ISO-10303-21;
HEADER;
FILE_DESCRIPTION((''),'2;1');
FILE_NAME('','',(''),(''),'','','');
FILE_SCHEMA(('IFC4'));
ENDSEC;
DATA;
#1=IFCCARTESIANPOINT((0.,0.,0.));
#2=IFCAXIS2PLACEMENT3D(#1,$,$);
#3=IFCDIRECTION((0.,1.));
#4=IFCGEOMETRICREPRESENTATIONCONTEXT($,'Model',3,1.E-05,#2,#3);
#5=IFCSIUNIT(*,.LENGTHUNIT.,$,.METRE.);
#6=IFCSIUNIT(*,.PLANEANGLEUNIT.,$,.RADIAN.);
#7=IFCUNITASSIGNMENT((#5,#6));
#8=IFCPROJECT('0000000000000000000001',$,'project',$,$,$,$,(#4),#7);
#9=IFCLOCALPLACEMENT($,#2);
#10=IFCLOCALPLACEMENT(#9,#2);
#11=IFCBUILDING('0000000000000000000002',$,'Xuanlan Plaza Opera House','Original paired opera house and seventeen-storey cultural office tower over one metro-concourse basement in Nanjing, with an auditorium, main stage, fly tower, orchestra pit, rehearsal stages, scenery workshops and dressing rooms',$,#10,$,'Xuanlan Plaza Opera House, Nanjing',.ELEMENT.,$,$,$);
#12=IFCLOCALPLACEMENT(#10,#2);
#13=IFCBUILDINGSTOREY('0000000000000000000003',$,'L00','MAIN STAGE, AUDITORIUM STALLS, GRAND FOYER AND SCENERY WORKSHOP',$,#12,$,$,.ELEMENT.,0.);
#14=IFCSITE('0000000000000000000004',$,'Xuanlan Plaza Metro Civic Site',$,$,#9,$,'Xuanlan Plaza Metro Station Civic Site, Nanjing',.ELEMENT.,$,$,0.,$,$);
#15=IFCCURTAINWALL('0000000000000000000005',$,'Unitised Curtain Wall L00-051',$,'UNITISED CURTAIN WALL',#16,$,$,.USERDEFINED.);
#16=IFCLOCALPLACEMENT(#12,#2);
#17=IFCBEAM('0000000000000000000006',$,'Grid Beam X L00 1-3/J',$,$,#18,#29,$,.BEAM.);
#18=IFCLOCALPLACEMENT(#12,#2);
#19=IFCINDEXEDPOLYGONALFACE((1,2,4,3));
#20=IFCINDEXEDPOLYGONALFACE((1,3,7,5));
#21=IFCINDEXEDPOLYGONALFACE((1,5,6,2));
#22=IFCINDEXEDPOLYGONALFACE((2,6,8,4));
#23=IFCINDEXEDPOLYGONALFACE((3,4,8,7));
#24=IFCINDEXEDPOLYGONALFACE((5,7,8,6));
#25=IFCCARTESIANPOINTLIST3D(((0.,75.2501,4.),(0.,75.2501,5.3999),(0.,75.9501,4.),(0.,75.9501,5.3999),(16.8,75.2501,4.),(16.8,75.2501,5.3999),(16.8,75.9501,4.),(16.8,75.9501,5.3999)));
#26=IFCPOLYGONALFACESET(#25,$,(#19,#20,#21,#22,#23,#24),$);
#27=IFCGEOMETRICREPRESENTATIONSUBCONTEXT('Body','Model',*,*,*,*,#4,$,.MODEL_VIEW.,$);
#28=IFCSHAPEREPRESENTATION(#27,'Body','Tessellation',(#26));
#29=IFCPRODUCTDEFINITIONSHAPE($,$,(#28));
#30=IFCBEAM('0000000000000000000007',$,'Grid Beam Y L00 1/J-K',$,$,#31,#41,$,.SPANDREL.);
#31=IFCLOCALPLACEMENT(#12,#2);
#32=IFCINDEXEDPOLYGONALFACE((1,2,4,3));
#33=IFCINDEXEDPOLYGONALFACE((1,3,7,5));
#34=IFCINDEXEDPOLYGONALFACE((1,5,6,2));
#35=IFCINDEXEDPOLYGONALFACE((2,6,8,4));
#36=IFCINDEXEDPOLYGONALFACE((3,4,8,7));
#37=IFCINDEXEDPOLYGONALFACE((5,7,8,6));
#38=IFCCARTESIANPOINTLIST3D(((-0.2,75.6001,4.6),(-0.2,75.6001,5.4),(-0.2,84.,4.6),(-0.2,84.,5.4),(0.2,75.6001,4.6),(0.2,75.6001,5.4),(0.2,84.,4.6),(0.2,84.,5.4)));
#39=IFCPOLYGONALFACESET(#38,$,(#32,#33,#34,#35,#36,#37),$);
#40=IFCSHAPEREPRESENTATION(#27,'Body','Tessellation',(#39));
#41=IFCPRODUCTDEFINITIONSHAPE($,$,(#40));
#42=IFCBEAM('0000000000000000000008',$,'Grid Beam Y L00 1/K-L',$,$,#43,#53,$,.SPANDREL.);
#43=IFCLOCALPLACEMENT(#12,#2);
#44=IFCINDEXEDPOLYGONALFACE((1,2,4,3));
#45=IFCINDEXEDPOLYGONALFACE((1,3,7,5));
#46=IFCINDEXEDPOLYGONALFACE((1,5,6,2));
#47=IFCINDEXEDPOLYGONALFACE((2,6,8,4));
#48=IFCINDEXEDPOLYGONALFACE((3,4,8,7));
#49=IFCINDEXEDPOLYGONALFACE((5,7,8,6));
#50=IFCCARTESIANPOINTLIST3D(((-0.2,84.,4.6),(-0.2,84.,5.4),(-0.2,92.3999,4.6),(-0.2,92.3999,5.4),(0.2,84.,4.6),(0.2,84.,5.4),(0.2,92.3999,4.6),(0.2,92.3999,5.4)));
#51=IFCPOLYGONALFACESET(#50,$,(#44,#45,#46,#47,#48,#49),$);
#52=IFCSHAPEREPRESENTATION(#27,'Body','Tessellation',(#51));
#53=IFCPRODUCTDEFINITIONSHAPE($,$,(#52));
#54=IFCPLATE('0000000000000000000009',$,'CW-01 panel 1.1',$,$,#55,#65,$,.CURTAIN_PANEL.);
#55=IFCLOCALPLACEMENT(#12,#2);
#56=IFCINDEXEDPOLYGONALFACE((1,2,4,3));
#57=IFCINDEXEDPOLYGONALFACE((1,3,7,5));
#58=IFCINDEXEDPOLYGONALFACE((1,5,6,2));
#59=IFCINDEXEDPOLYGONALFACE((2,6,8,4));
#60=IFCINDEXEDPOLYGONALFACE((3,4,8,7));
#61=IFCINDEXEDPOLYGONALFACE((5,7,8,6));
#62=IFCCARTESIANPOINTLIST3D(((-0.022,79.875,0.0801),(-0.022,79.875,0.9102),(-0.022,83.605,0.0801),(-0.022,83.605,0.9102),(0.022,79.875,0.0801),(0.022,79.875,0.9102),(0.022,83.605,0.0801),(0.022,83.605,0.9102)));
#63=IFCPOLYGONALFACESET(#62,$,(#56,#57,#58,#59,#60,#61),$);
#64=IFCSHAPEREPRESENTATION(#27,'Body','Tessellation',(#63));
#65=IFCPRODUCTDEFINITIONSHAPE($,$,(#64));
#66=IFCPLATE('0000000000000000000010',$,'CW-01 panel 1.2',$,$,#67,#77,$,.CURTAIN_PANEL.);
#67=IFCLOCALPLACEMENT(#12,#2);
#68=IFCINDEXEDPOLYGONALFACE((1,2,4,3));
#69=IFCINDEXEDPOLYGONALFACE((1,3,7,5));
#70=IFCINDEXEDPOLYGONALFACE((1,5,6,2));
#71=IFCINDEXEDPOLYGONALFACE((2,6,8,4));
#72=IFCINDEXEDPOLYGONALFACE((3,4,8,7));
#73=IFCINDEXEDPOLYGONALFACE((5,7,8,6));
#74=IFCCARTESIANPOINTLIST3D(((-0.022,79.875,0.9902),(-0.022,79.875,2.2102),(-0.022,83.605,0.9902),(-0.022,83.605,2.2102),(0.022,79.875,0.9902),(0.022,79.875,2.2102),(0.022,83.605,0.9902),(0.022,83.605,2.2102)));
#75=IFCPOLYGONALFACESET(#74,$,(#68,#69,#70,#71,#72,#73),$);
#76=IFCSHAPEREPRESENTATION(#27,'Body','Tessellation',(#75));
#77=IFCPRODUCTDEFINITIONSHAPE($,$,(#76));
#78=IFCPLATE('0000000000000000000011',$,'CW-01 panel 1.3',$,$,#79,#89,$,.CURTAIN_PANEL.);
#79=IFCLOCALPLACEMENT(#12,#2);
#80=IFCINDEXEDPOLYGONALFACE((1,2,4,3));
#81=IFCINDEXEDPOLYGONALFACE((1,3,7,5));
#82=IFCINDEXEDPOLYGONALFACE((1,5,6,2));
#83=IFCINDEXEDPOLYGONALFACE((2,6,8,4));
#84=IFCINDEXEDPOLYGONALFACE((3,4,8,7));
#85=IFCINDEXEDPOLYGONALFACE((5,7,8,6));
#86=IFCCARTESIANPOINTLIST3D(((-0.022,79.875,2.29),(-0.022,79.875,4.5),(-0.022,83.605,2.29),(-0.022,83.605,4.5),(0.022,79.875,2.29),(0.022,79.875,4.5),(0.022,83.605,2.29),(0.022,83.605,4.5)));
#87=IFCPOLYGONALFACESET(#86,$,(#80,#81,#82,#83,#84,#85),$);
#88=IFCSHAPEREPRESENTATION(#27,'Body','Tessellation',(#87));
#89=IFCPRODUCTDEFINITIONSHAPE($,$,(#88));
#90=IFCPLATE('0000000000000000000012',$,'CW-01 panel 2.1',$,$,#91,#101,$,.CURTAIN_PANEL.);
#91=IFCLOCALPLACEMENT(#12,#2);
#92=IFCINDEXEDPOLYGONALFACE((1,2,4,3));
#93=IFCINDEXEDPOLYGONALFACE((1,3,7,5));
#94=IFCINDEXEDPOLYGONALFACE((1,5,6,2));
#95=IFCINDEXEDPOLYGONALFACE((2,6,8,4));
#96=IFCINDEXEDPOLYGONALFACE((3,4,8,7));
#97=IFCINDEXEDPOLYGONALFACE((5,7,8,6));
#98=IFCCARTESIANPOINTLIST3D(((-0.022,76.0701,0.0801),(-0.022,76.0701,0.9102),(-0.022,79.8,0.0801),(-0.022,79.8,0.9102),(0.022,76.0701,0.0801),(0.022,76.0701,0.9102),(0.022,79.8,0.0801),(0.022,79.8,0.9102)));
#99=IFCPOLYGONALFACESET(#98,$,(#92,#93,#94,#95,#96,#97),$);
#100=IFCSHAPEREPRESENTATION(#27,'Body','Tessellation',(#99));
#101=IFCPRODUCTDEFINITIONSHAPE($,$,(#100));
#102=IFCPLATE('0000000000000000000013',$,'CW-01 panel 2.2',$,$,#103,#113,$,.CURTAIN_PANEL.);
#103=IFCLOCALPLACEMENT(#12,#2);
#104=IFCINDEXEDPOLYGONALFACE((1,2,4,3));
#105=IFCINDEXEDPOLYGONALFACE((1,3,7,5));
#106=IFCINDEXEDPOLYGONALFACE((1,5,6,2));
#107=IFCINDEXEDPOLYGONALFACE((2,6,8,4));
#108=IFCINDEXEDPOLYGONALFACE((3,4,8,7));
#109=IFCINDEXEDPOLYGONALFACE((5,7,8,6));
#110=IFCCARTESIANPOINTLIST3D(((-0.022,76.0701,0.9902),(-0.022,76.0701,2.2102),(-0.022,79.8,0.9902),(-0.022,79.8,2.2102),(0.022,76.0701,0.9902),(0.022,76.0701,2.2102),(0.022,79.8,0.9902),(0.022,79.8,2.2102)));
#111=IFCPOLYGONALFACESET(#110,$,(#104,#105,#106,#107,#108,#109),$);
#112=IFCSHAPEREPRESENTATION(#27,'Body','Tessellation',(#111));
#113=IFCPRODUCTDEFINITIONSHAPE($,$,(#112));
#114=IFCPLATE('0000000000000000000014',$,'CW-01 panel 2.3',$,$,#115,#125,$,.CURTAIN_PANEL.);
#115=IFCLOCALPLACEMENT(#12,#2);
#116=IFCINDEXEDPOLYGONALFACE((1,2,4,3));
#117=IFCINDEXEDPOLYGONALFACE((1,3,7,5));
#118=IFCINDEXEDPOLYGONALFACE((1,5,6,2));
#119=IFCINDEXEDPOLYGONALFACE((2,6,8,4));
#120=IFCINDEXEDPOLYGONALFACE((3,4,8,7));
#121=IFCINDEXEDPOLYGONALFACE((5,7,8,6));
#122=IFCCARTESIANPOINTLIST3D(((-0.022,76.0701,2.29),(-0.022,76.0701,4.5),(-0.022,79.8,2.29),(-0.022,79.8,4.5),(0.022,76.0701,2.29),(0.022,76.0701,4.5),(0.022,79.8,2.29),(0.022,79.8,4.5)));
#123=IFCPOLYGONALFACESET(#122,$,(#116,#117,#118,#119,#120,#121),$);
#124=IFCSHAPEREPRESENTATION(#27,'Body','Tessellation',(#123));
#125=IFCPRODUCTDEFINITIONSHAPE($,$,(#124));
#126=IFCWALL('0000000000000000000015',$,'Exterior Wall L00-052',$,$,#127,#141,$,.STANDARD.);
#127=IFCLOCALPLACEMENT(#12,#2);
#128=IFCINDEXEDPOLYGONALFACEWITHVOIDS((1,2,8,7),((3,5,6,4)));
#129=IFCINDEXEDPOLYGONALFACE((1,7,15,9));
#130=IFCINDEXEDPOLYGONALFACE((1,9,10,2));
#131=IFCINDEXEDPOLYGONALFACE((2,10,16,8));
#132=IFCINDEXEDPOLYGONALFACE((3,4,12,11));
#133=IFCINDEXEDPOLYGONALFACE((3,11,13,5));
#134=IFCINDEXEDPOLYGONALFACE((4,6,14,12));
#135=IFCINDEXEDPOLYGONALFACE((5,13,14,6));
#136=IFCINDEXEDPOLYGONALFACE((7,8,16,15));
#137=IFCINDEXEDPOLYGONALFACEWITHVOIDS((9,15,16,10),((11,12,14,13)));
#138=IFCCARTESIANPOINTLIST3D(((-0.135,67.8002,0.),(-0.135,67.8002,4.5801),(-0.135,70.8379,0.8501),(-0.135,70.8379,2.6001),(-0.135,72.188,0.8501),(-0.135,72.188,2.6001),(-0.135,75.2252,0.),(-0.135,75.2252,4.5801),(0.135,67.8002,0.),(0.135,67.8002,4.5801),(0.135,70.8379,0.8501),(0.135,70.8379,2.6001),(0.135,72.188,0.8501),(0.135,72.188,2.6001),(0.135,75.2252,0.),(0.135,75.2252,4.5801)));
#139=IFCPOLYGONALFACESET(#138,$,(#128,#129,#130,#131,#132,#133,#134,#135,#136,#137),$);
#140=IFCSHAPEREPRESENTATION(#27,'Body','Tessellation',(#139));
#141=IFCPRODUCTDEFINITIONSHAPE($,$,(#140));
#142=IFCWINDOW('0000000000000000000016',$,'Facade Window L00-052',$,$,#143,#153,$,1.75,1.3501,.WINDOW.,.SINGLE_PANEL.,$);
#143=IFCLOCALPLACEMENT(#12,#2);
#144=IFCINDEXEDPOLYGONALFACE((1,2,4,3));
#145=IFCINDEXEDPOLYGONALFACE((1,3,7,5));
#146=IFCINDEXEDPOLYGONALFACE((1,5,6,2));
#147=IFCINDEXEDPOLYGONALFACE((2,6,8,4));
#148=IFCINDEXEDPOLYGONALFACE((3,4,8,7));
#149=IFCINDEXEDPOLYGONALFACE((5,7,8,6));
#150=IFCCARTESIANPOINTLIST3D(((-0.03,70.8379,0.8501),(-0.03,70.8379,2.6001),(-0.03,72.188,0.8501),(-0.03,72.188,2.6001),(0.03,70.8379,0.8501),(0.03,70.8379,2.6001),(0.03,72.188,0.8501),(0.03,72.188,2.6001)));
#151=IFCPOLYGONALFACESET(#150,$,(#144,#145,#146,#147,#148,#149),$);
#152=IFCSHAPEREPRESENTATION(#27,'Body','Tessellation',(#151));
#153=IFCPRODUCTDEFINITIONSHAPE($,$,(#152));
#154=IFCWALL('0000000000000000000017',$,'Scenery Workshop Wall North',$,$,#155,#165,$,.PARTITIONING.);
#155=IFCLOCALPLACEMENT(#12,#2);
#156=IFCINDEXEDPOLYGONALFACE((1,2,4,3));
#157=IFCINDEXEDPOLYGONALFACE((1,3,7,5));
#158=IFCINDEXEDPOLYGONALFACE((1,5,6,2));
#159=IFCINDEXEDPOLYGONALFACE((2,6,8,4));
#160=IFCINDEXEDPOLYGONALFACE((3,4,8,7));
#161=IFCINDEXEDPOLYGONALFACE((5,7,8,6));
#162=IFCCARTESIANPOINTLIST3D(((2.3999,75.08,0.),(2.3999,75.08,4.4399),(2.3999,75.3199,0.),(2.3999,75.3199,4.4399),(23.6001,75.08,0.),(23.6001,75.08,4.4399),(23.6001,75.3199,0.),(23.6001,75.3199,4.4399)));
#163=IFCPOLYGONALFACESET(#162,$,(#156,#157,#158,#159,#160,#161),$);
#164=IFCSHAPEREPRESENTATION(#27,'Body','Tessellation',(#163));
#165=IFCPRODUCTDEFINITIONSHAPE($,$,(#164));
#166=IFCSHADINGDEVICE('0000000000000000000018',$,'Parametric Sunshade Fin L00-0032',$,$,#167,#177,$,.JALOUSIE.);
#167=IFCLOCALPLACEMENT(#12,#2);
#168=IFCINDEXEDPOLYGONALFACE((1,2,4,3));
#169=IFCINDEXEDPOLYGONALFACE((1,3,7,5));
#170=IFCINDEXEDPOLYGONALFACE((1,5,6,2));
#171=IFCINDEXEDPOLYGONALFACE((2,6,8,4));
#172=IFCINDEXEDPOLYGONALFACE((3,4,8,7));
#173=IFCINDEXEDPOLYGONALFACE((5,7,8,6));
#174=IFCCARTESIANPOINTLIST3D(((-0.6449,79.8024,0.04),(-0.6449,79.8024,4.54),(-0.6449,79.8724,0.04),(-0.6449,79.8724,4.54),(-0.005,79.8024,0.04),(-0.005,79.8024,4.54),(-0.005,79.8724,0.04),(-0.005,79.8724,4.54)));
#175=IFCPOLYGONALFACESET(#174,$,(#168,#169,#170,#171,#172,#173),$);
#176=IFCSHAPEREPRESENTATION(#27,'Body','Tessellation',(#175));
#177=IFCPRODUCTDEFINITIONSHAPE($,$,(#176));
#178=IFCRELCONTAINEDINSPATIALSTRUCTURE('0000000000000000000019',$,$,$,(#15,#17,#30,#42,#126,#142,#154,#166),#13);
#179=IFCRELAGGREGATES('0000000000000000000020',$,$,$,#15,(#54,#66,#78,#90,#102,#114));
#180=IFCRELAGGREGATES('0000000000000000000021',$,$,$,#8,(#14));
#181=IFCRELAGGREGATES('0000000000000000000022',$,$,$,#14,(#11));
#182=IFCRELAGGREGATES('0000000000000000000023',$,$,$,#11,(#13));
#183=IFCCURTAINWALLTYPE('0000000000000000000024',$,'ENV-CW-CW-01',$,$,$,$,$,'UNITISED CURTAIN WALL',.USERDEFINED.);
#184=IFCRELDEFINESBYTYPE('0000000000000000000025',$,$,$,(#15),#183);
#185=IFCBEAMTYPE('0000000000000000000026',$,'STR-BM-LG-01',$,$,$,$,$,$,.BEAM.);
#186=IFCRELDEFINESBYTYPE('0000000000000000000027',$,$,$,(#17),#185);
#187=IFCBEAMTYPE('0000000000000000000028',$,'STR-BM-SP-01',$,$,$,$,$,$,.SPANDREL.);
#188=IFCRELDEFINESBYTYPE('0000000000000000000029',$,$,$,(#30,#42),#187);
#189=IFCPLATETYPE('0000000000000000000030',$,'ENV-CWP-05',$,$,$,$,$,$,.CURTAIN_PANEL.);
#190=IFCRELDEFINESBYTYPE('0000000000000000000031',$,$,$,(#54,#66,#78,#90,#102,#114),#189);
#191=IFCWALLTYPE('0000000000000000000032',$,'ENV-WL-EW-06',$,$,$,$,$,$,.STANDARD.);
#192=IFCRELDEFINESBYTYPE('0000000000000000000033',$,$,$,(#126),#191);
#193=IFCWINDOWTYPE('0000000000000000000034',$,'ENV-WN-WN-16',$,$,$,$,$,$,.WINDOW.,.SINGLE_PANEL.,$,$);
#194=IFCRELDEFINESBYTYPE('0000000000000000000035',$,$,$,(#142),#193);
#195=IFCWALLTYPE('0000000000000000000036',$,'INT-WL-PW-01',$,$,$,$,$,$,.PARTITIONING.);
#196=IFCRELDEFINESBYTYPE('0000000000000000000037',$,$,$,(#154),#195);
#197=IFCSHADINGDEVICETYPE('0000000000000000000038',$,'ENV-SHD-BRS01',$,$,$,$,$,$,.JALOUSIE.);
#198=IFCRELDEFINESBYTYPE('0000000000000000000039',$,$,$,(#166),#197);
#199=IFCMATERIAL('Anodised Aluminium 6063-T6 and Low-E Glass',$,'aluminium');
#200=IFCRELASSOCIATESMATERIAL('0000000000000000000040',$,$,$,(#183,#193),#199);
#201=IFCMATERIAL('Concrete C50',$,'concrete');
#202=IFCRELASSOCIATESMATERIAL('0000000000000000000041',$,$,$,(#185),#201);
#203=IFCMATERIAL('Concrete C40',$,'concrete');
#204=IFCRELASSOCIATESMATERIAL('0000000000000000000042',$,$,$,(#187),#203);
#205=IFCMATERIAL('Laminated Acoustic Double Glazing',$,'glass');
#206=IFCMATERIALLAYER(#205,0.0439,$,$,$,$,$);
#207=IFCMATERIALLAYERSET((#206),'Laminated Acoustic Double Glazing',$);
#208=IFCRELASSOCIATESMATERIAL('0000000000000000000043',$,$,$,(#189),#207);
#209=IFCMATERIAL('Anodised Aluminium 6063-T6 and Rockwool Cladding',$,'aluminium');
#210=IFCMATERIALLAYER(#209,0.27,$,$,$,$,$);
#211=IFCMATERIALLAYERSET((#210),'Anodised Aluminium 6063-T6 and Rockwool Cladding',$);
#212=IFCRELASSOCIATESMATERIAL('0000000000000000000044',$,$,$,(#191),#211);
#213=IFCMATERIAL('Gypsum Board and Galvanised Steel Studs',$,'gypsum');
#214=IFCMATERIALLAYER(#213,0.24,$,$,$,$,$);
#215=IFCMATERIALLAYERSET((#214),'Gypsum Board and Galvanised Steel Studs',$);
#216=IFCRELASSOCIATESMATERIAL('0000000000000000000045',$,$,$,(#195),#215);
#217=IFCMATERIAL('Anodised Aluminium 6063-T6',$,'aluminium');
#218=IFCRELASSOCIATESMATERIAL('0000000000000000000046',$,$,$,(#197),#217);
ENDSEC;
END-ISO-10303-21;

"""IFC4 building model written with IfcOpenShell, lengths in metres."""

from ifc_helpers import new_model, si_unit, direction, frame, frame_2d, origin, origin_2d, place, context, subcontext, project, spatial, rectangle, extrude, material, layer, layer_set, material_profile, profile_set, type_object, element, fill, aggregate, save


model = new_model("IFC4")

# Units and contexts
model_context = context("Model", 3, precision=1e-05, world=origin(), true_north=direction((0.0, 1.0)))
body_context = subcontext(model_context, "Body", "Model", "MODEL_VIEW")
ifc_project = project(units=[si_unit("LENGTHUNIT", "METRE"), si_unit("PLANEANGLEUNIT", "RADIAN")], contexts=[model_context])

# Site, building, storey
site_placement = place(None, origin())
site = spatial("IfcSite", under=ifc_project, at=site_placement, Name="Xuanlan Plaza Metro Civic Site", LongName="Xuanlan Plaza Metro Station Civic Site, Nanjing", CompositionType="ELEMENT", RefElevation=0.0)
building_placement = place(site_placement, origin())
building = spatial("IfcBuilding", under=site, at=building_placement, Name="Xuanlan Plaza Opera House", Description="Original paired opera house and seventeen-storey cultural office tower over one metro-concourse basement in Nanjing, with an auditorium, main stage, fly tower, orchestra pit, rehearsal stages, scenery workshops and dressing rooms", LongName="Xuanlan Plaza Opera House, Nanjing", CompositionType="ELEMENT")
storey_placement = place(building_placement, origin())
storey = spatial("IfcBuildingStorey", under=building, at=storey_placement, Name="L00", Description="MAIN STAGE, AUDITORIUM STALLS, GRAND FOYER AND SCENERY WORKSHOP", CompositionType="ELEMENT", Elevation=0.0)

# Shared definitions
ifc_material_1 = material(Name="Concrete C40", Category="concrete")

# Curtain wall
ifc_material_2 = material(Name="Anodised Aluminium 6063-T6 and Low-E Glass", Category="aluminium")
curtain_wall_type = type_object("IfcCurtainWallType", Name="ENV-CW-CW-01", ElementType="UNITISED CURTAIN WALL", PredefinedType="USERDEFINED", material=ifc_material_2)
curtain_wall_placement = place(storey_placement, origin())
curtain_wall = element("IfcCurtainWall", 1, at=curtain_wall_placement, inside=storey, type_object=curtain_wall_type, Name="Unitised Curtain Wall L00-051", ObjectType="UNITISED CURTAIN WALL", PredefinedType="USERDEFINED")
ifc_material_3 = material(Name="Anodised Aluminium 6063-T6", Category="aluminium")

# Beams
ifc_material_4 = material(Name="Concrete C50", Category="concrete")
ifc_material_profile_1 = material_profile(ifc_material_4, rectangle(XDim=0.7, YDim=1.3999, at=origin_2d()), Name="RC-LG 700x1400")
ifc_profile_set_1 = profile_set([ifc_material_profile_1], Name="Concrete C50")
beam_type_1 = type_object("IfcBeamType", Name="STR-BM-LG-01", PredefinedType="BEAM", material=ifc_profile_set_1)
beam_1_placement = place(storey_placement, frame((0.0, 75.6001, 4.7), z_axis=(1.0, 0.0, 0.0), x_axis=(0.0, 1.0, 0.0)))
element("IfcBeam", 2, at=beam_1_placement, inside=storey, type_object=beam_type_1, Name="Grid Beam X L00 1-3/J", PredefinedType="BEAM", context=body_context, shape_type="SweptSolid", body=[
    extrude(rectangle(XDim=0.7, YDim=1.3999, at=origin_2d()), origin(), (0.0, 0.0, 1.0), 16.8),
])
ifc_material_profile_2 = material_profile(ifc_material_1, rectangle(XDim=0.3999, YDim=0.8, at=origin_2d()), Name="RC-SPD 400x800")
ifc_profile_set_2 = profile_set([ifc_material_profile_2], Name="Concrete C40")
beam_type_2 = type_object("IfcBeamType", Name="STR-BM-SP-01", PredefinedType="SPANDREL", material=ifc_profile_set_2)
for number, where, z_axis, x_axis, name in (
    (3, (0.0, 75.6001, 5.0), (0.0, 1.0, 0.0), (-1.0, 0.0, 0.0), "Grid Beam Y L00 1/J-K"),
    (4, (0.0, 84.0, 5.0), (0.0, 1.0, 0.0), (-1.0, 0.0, 0.0), "Grid Beam Y L00 1/K-L"),
):
    element("IfcBeam", number, at=place(storey_placement, frame(where, z_axis=z_axis, x_axis=x_axis)), inside=storey, type_object=beam_type_2, Name=name, PredefinedType="SPANDREL", context=body_context, shape_type="SweptSolid", body=[
        extrude(rectangle(XDim=0.3999, YDim=0.8, at=origin_2d()), origin(), (0.0, 0.0, 1.0), 8.3999),
    ])

# Plates
ifc_material_5 = material(Name="Laminated Acoustic Double Glazing", Category="glass")
ifc_layer_1 = layer(ifc_material_5, 0.0439)
ifc_layer_set_1 = layer_set([ifc_layer_1], Name="Laminated Acoustic Double Glazing")
plate_type = type_object("IfcPlateType", Name="ENV-CWP-05", PredefinedType="CURTAIN_PANEL", material=ifc_layer_set_1)
plate_1_placement = place(storey_placement, frame((0.0, 81.74, 0.0801), z_axis=(0.0, 0.0, 1.0), x_axis=(0.0, -1.0, 0.0)))
plate_1 = element("IfcPlate", 5, at=plate_1_placement, type_object=plate_type, Name="CW-01 panel 1.1", PredefinedType="CURTAIN_PANEL", context=body_context, shape_type="SweptSolid", body=[
    extrude(rectangle(XDim=3.73, YDim=0.0439, at=origin_2d()), origin(), (0.0, 0.0, 1.0), 0.8301),
])
plate_2_placement = place(storey_placement, frame((0.0, 81.74, 0.9902), z_axis=(0.0, 0.0, 1.0), x_axis=(0.0, -1.0, 0.0)))
plate_2 = element("IfcPlate", 6, at=plate_2_placement, type_object=plate_type, Name="CW-01 panel 1.2", PredefinedType="CURTAIN_PANEL", context=body_context, shape_type="SweptSolid", body=[
    extrude(rectangle(XDim=3.73, YDim=0.0439, at=origin_2d()), origin(), (0.0, 0.0, 1.0), 1.22),
])
plate_3_placement = place(storey_placement, frame((0.0, 81.74, 2.29), z_axis=(0.0, 0.0, 1.0), x_axis=(0.0, -1.0, 0.0)))
plate_3 = element("IfcPlate", 7, at=plate_3_placement, type_object=plate_type, Name="CW-01 panel 1.3", PredefinedType="CURTAIN_PANEL", context=body_context, shape_type="SweptSolid", body=[
    extrude(rectangle(XDim=3.73, YDim=0.0439, at=origin_2d()), origin(), (0.0, 0.0, 1.0), 2.21),
])
plate_4_placement = place(storey_placement, frame((0.0, 77.9351, 0.0801), z_axis=(0.0, 0.0, 1.0), x_axis=(0.0, -1.0, 0.0)))
plate_4 = element("IfcPlate", 8, at=plate_4_placement, type_object=plate_type, Name="CW-01 panel 2.1", PredefinedType="CURTAIN_PANEL", context=body_context, shape_type="SweptSolid", body=[
    extrude(rectangle(XDim=3.73, YDim=0.0439, at=origin_2d()), origin(), (0.0, 0.0, 1.0), 0.8301),
])
plate_5_placement = place(storey_placement, frame((0.0, 77.9351, 0.9902), z_axis=(0.0, 0.0, 1.0), x_axis=(0.0, -1.0, 0.0)))
plate_5 = element("IfcPlate", 9, at=plate_5_placement, type_object=plate_type, Name="CW-01 panel 2.2", PredefinedType="CURTAIN_PANEL", context=body_context, shape_type="SweptSolid", body=[
    extrude(rectangle(XDim=3.73, YDim=0.0439, at=origin_2d()), origin(), (0.0, 0.0, 1.0), 1.22),
])
plate_6_placement = place(storey_placement, frame((0.0, 77.9351, 2.29), z_axis=(0.0, 0.0, 1.0), x_axis=(0.0, -1.0, 0.0)))
plate_6 = element("IfcPlate", 10, at=plate_6_placement, type_object=plate_type, Name="CW-01 panel 2.3", PredefinedType="CURTAIN_PANEL", context=body_context, shape_type="SweptSolid", body=[
    extrude(rectangle(XDim=3.73, YDim=0.0439, at=origin_2d()), origin(), (0.0, 0.0, 1.0), 2.21),
])
aggregate(curtain_wall, [plate_1, plate_2, plate_3, plate_4, plate_5, plate_6])

# Wall, opening, window
ifc_material_6 = material(Name="Anodised Aluminium 6063-T6 and Rockwool Cladding", Category="aluminium")
ifc_layer_2 = layer(ifc_material_6, 0.27)
ifc_layer_set_2 = layer_set([ifc_layer_2], Name="Anodised Aluminium 6063-T6 and Rockwool Cladding")
wall_type_1 = type_object("IfcWallType", Name="ENV-WL-EW-06", PredefinedType="STANDARD", material=ifc_layer_set_2)
wall_1_placement = place(storey_placement, frame((0.0, 75.2251, 0.0), z_axis=(0.0, 0.0, 1.0), x_axis=(0.0, -1.0, 0.0)))
wall_1 = element("IfcWall", 11, at=wall_1_placement, inside=storey, type_object=wall_type_1, Name="Exterior Wall L00-052", PredefinedType="STANDARD", context=body_context, shape_type="SweptSolid", body=[
    extrude(rectangle(XDim=7.425, YDim=0.27, at=frame_2d((3.7124, 0.0))), origin(), (0.0, 0.0, 1.0), 4.5801),
])
opening_placement = place(wall_1_placement, frame((3.0371, 0.0, 0.8501)))
opening = element("IfcOpeningElement", 12, at=opening_placement, cuts=wall_1, PredefinedType="OPENING", context=body_context, shape_type="SweptSolid", body=[
    extrude(rectangle(XDim=1.3501, YDim=1.75, at=frame_2d((0.675, 0.875))), frame((0.0, 0.145, 0.0), z_axis=(0.0, -1.0, 0.0), x_axis=(1.0, 0.0, 0.0)), (0.0, 0.0, 1.0), 0.29),
])
window_type = type_object("IfcWindowType", Name="ENV-WN-WN-16", PartitioningType="SINGLE_PANEL", PredefinedType="WINDOW", material=ifc_material_2)
window_placement = place(opening_placement, origin())
window = element("IfcWindow", 13, at=window_placement, inside=storey, type_object=window_type, Name="Facade Window L00-052", OverallHeight=1.75, OverallWidth=1.3501, PartitioningType="SINGLE_PANEL", PredefinedType="WINDOW", context=body_context, shape_type="SweptSolid", body=[
    extrude(rectangle(XDim=1.3501, YDim=1.75, at=frame_2d((0.675, 0.875))), frame((0.0, 0.03, 0.0), z_axis=(0.0, -1.0, 0.0), x_axis=(1.0, 0.0, 0.0)), (0.0, 0.0, 1.0), 0.0601),
])
fill(opening, window)

# Wall
ifc_material_7 = material(Name="Gypsum Board and Galvanised Steel Studs", Category="gypsum")
ifc_layer_3 = layer(ifc_material_7, 0.24)
ifc_layer_set_3 = layer_set([ifc_layer_3], Name="Gypsum Board and Galvanised Steel Studs")
wall_type_2 = type_object("IfcWallType", Name="INT-WL-PW-01", PredefinedType="PARTITIONING", material=ifc_layer_set_3)
wall_2_placement = place(storey_placement, frame((2.3999, 75.2, 0.0), z_axis=(0.0, 0.0, 1.0), x_axis=(1.0, 0.0, 0.0)))
element("IfcWall", 14, at=wall_2_placement, inside=storey, type_object=wall_type_2, Name="Scenery Workshop Wall North", PredefinedType="PARTITIONING", context=body_context, shape_type="SweptSolid", body=[
    extrude(rectangle(XDim=21.2002, YDim=0.24, at=frame_2d((10.6001, 0.0))), origin(), (0.0, 0.0, 1.0), 4.4399),
])

# Shading device
shading_device_type = type_object("IfcShadingDeviceType", Name="ENV-SHD-BRS01", PredefinedType="JALOUSIE", material=ifc_material_3)
shading_device_placement = place(storey_placement, frame((-0.325, 79.8374, 0.04), z_axis=(0.0, 0.0, 1.0), x_axis=(-1.0, 0.0, 0.0)))
element("IfcShadingDevice", 15, at=shading_device_placement, inside=storey, type_object=shading_device_type, Name="Parametric Sunshade Fin L00-0032", PredefinedType="JALOUSIE", context=body_context, shape_type="SweptSolid", body=[
    extrude(rectangle(XDim=0.6399, YDim=0.0701, at=origin_2d()), origin(), (0.0, 0.0, 1.0), 4.5),
])

save(model, "model.ifc")
